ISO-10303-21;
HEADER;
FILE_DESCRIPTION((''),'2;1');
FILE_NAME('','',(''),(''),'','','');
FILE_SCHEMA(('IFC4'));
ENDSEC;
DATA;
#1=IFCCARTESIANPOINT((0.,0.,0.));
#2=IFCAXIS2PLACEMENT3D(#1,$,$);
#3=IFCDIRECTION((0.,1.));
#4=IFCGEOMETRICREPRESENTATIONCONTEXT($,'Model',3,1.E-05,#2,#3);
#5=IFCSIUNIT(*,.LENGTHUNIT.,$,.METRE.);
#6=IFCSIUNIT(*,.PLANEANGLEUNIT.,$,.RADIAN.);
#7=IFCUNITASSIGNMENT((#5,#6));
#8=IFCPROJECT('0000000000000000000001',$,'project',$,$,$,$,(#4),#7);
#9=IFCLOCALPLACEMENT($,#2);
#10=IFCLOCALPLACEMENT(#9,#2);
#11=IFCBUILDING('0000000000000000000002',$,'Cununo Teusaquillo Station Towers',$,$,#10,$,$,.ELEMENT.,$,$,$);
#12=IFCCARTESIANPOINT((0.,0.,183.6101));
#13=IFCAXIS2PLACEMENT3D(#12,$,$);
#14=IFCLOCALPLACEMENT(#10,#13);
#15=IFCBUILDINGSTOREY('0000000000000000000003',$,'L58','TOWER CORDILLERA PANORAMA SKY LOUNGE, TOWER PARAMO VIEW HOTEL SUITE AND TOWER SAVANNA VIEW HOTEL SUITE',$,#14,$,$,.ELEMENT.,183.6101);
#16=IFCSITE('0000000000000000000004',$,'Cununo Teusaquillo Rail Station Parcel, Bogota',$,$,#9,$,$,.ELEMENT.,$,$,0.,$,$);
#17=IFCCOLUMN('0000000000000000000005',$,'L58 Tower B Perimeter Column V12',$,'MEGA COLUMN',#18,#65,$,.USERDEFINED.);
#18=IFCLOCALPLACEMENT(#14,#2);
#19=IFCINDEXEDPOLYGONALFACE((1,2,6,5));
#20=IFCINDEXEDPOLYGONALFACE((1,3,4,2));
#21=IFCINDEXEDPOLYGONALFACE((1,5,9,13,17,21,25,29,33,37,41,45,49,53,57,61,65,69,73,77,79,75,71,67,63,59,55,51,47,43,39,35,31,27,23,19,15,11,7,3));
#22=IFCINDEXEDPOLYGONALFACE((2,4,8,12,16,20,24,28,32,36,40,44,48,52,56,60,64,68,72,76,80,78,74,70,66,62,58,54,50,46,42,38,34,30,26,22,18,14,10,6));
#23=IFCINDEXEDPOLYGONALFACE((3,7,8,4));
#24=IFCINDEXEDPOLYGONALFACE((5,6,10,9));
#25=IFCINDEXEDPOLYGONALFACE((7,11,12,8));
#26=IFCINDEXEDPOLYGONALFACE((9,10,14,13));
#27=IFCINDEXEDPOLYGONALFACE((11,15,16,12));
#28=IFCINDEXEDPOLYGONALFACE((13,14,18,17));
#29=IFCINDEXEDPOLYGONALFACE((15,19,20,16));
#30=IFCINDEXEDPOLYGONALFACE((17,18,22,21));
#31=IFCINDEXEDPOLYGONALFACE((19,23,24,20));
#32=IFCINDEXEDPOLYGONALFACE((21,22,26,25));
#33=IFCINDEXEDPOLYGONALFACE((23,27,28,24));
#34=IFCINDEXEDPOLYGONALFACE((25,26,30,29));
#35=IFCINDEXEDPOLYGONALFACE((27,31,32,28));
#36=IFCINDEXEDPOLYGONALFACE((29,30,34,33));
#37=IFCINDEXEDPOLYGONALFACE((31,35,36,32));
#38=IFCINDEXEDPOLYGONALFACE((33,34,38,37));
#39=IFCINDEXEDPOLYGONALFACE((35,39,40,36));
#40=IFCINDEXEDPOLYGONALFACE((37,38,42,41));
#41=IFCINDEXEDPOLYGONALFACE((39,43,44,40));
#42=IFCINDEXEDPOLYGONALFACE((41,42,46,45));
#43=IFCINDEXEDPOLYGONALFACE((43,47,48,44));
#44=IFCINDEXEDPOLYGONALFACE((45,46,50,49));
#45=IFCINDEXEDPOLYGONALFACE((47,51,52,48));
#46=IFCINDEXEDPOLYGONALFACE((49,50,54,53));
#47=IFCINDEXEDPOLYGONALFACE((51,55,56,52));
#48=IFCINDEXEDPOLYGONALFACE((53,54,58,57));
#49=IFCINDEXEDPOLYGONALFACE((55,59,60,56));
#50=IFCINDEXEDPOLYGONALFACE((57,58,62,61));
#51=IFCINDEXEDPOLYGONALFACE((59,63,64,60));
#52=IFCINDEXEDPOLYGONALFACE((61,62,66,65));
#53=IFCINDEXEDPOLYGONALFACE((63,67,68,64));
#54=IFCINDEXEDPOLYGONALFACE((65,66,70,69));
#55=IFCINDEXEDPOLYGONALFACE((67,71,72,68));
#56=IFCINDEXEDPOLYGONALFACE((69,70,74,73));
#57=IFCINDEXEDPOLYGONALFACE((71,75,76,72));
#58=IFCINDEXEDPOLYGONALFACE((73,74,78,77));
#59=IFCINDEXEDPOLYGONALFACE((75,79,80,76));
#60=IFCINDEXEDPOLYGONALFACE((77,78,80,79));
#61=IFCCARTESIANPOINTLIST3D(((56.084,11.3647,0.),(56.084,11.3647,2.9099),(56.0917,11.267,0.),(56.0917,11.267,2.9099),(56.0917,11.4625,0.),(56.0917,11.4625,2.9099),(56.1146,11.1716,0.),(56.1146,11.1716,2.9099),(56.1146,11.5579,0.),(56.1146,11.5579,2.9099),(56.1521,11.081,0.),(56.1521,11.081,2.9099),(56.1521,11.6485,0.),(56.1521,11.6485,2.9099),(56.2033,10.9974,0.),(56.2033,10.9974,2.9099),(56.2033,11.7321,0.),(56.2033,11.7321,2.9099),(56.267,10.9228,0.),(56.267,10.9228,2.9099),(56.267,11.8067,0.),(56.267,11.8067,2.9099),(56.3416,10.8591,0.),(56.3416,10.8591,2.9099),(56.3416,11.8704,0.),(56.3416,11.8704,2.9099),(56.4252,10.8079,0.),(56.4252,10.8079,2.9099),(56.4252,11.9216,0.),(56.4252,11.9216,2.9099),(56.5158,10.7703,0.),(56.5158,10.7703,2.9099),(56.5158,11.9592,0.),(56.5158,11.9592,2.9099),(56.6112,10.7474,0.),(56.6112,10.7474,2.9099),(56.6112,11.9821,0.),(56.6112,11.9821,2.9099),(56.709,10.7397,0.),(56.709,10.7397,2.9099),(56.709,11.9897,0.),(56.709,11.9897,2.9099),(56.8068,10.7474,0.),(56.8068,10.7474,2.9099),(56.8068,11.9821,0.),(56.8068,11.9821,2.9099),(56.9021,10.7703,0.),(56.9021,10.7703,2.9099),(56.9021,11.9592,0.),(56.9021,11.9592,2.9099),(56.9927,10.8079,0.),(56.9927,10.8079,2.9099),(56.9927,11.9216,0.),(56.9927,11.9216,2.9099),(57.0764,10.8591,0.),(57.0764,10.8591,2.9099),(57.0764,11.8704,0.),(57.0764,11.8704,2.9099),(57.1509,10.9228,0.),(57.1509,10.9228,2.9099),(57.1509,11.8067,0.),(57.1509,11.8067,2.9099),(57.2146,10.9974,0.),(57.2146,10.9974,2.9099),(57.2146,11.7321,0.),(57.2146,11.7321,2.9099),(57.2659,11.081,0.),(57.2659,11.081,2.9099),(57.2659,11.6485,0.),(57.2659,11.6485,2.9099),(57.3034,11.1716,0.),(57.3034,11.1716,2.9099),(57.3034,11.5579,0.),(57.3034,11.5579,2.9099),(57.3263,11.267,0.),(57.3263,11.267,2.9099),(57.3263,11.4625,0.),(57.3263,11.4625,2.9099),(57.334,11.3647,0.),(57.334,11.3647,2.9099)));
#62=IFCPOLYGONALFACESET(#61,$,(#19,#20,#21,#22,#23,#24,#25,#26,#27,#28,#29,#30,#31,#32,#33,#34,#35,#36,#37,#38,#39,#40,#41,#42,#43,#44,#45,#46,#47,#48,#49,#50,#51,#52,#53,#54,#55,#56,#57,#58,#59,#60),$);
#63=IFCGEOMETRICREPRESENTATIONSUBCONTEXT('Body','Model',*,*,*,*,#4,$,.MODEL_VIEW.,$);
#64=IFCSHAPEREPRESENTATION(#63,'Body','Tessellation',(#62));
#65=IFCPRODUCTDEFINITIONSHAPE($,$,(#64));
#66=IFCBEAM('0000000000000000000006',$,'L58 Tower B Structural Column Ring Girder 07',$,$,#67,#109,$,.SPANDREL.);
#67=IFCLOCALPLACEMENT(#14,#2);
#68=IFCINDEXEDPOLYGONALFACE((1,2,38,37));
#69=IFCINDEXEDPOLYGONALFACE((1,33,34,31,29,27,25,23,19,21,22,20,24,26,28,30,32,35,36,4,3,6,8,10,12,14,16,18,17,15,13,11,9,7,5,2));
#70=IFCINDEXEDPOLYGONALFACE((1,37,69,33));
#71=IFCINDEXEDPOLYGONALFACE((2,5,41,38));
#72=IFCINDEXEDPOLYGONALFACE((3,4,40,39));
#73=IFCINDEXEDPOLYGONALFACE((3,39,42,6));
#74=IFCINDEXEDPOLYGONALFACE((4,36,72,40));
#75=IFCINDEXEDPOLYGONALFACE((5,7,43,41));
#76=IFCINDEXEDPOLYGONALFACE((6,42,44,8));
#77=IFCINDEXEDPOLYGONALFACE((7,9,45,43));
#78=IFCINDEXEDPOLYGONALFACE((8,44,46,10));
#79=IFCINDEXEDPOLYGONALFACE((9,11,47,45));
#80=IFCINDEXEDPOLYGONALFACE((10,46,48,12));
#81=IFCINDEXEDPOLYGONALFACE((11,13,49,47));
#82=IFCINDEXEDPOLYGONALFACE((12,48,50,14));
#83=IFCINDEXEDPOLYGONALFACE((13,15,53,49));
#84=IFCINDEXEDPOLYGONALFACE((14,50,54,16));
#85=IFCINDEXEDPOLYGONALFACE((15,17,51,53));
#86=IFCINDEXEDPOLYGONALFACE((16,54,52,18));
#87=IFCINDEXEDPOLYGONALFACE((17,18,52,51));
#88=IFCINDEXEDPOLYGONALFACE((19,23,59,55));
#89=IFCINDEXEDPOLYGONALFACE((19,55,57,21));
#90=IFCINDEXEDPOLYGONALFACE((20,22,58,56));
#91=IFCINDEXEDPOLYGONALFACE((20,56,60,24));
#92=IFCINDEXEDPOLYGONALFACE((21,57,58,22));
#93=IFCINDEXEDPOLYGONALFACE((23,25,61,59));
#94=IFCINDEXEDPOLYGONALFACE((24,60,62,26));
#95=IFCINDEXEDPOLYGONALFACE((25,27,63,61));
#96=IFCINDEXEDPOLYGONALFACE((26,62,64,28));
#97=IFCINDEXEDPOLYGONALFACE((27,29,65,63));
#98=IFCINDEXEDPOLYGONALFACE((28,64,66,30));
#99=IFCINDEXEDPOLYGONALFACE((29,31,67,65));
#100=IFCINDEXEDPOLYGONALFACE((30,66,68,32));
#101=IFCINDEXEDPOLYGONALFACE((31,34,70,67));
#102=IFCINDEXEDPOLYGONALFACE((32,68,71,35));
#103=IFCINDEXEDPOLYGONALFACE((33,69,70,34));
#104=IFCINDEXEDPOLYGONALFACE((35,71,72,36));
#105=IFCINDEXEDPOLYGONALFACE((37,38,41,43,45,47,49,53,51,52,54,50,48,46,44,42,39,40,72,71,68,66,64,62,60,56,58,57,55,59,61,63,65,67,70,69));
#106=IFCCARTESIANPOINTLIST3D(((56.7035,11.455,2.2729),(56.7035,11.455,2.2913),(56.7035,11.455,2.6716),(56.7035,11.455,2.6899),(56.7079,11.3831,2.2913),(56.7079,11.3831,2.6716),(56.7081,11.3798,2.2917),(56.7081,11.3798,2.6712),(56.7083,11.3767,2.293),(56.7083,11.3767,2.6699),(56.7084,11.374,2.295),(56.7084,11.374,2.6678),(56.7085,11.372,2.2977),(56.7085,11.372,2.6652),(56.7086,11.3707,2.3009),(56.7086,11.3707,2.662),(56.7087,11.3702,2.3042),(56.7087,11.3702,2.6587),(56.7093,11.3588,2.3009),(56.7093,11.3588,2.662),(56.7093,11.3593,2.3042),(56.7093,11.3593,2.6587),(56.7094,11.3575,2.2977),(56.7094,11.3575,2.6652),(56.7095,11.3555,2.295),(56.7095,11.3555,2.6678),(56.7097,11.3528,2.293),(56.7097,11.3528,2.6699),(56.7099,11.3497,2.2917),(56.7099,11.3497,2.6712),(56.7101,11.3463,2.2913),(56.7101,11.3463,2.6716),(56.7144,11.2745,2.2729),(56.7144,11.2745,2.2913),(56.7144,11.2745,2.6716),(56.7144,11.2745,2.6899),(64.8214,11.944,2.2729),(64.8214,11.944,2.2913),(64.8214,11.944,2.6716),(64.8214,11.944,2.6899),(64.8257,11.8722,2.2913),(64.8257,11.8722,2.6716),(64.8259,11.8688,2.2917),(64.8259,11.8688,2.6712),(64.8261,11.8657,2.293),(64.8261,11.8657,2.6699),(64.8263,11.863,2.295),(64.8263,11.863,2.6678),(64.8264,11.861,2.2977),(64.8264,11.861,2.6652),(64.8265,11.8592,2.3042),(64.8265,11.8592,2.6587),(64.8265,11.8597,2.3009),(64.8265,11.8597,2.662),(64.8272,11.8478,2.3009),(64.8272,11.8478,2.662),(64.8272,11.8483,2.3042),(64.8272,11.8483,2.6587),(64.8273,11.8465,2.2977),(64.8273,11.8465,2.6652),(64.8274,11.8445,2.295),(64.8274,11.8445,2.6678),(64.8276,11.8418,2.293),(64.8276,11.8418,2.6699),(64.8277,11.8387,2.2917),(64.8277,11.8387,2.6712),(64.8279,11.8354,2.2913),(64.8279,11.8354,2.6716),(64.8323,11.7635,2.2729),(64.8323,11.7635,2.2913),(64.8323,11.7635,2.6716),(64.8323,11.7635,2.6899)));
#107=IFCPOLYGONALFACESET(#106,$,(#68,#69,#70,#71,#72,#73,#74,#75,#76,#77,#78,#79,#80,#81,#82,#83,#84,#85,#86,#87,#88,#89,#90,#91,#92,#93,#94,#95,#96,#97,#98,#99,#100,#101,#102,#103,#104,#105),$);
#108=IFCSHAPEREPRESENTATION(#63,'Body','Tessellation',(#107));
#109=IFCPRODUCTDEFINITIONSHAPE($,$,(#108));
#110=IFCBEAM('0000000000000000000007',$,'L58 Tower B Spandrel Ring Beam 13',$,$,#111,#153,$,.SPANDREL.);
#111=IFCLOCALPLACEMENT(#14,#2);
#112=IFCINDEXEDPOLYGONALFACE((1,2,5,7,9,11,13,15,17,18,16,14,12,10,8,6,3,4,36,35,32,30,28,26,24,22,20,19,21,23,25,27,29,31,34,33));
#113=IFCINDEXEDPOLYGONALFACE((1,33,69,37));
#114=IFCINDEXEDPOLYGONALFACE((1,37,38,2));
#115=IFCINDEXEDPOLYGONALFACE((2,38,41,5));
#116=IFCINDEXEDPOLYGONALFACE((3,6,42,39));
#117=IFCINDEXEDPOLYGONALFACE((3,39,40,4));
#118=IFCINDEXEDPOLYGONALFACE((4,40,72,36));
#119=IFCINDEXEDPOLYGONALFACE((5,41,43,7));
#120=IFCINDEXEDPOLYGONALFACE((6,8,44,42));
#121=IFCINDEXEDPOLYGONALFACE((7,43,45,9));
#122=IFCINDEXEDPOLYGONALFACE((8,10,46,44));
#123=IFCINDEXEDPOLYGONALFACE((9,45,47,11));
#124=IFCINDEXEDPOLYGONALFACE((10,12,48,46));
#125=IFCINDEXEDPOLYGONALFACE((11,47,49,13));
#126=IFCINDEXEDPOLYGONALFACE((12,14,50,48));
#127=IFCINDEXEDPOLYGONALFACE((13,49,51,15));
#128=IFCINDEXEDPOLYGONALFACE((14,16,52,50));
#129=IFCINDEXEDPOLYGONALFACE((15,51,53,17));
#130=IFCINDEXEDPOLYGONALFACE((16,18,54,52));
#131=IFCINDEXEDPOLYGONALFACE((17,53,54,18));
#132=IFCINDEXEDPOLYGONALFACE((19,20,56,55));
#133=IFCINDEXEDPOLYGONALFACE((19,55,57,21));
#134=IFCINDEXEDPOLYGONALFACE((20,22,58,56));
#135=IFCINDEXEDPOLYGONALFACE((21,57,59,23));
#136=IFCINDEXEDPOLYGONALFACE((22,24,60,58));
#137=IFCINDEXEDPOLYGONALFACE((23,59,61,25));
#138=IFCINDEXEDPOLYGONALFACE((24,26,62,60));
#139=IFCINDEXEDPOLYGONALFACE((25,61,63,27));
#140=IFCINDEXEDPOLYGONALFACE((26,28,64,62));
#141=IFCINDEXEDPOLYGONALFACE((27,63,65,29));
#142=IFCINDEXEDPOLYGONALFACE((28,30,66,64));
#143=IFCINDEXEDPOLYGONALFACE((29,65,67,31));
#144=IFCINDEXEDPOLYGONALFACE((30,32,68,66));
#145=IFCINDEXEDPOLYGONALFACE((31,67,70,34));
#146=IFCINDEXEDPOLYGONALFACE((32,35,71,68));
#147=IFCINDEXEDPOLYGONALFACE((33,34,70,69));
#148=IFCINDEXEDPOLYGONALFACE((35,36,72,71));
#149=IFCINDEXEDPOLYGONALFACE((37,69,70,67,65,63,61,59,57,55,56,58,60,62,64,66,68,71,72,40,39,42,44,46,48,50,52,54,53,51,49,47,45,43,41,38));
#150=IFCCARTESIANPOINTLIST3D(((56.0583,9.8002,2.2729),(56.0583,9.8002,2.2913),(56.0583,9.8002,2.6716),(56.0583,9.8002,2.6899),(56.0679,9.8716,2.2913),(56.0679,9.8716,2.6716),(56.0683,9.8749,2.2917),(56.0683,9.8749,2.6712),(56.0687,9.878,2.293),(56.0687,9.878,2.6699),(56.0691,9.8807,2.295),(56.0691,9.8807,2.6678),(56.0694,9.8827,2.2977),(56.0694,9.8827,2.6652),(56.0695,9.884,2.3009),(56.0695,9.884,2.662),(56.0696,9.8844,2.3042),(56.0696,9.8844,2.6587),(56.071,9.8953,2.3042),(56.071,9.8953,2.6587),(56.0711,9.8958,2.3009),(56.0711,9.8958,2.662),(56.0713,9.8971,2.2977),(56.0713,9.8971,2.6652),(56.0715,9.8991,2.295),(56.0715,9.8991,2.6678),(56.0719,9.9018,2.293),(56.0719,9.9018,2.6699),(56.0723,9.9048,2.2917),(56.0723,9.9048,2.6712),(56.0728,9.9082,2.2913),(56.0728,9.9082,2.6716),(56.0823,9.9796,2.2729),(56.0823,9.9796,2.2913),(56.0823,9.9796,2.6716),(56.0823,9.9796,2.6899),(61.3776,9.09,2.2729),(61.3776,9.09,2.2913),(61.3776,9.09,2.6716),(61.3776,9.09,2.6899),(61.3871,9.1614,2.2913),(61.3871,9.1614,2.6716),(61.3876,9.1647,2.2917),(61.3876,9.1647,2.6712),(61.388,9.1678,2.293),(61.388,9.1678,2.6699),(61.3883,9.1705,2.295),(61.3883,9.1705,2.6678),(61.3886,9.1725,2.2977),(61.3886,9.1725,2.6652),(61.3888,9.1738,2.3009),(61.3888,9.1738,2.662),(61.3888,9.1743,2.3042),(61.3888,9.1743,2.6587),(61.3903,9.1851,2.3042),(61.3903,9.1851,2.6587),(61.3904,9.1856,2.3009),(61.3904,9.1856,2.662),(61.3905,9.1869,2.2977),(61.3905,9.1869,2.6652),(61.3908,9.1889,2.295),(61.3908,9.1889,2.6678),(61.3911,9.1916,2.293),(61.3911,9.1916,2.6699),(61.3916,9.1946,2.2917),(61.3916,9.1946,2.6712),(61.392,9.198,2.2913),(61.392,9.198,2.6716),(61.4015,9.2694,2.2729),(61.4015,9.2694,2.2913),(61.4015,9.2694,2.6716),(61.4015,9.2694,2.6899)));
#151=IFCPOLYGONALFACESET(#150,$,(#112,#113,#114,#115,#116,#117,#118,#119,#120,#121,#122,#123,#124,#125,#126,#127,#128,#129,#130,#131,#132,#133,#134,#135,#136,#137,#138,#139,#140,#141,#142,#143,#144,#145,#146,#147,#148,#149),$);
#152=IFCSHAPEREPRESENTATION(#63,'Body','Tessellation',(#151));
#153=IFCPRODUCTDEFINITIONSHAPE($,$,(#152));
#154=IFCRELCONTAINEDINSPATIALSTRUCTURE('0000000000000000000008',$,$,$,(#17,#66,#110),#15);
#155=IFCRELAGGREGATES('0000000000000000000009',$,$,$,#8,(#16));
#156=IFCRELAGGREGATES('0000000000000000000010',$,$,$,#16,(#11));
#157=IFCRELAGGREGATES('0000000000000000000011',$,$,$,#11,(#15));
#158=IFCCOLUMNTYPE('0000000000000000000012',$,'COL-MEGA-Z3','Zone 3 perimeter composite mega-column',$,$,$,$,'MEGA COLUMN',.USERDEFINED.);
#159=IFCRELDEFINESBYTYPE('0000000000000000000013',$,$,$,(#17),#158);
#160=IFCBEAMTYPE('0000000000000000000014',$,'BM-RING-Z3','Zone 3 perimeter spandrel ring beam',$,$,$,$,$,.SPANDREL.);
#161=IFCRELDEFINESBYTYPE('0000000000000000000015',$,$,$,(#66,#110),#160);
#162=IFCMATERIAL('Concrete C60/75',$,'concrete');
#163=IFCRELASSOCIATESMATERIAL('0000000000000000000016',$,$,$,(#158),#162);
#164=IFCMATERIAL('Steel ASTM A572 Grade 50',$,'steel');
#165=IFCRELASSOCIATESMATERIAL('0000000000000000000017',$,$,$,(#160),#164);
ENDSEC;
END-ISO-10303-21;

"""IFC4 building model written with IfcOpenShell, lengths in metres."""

from ifc_helpers import new_model, si_unit, direction, frame, origin, origin_2d, place, context, subcontext, project, spatial, circle, i_section, extrude, material, material_profile, profile_set, type_object, element, save


model = new_model("IFC4")

# Units and contexts
model_context = context("Model", 3, precision=1e-05, world=origin(), true_north=direction((0.0, 1.0)))
body_context = subcontext(model_context, "Body", "Model", "MODEL_VIEW")
ifc_project = project(units=[si_unit("LENGTHUNIT", "METRE"), si_unit("PLANEANGLEUNIT", "RADIAN")], contexts=[model_context])

# Site, building, storey
site_placement = place(None, origin())
site = spatial("IfcSite", under=ifc_project, at=site_placement, Name="Cununo Teusaquillo Rail Station Parcel, Bogota", CompositionType="ELEMENT", RefElevation=0.0)
building_placement = place(site_placement, origin())
building = spatial("IfcBuilding", under=site, at=building_placement, Name="Cununo Teusaquillo Station Towers", CompositionType="ELEMENT")
storey_placement = place(building_placement, frame((0.0, 0.0, 183.6101)))
storey = spatial("IfcBuildingStorey", under=building, at=storey_placement, Name="L58", Description="TOWER CORDILLERA PANORAMA SKY LOUNGE, TOWER PARAMO VIEW HOTEL SUITE AND TOWER SAVANNA VIEW HOTEL SUITE", CompositionType="ELEMENT", Elevation=183.6101)

# Column
ifc_material_1 = material(Name="Concrete C60/75", Category="concrete")
ifc_material_profile_1 = material_profile(ifc_material_1, circle(Radius=0.625, at=origin_2d()), Name="RC-CIRC-1250")
ifc_profile_set_1 = profile_set([ifc_material_profile_1], Name="Concrete C60/75")
column_type = type_object("IfcColumnType", Name="COL-MEGA-Z3", Description="Zone 3 perimeter composite mega-column", ElementType="MEGA COLUMN", PredefinedType="USERDEFINED", material=ifc_profile_set_1)
column_placement = place(storey_placement, frame((56.709, 11.3647, 0.0), z_axis=(0.0, 0.0, 1.0), x_axis=(1.0, 0.0, 0.0)))
element("IfcColumn", 1, at=column_placement, inside=storey, type_object=column_type, Name="L58 Tower B Perimeter Column V12", ObjectType="MEGA COLUMN", PredefinedType="USERDEFINED", context=body_context, shape_type="SweptSolid", body=[
    extrude(circle(Radius=0.625, at=origin_2d()), origin(), (0.0, 0.0, 1.0), 2.9099),
])

# Beams
ifc_material_2 = material(Name="Steel ASTM A572 Grade 50", Category="steel")
ifc_material_profile_2 = material_profile(ifc_material_2, i_section(OverallWidth=0.1809, OverallDepth=0.417, WebThickness=0.011, FlangeThickness=0.0183, FilletRadius=0.0129, at=origin_2d()), Name="W16X57")
ifc_profile_set_2 = profile_set([ifc_material_profile_2], Name="Steel ASTM A572 Grade 50")
beam_type = type_object("IfcBeamType", Name="BM-RING-Z3", Description="Zone 3 perimeter spandrel ring beam", PredefinedType="SPANDREL", material=ifc_profile_set_2)
beam_1_placement = place(storey_placement, frame((56.709, 11.3647, 2.4814), z_axis=(0.998191, 0.06013, 0.0), x_axis=(-0.06013, 0.998191, 0.0)))
element("IfcBeam", 2, at=beam_1_placement, inside=storey, type_object=beam_type, Name="L58 Tower B Structural Column Ring Girder 07", PredefinedType="SPANDREL", context=body_context, shape_type="SweptSolid", body=[
    extrude(i_section(OverallWidth=0.1809, OverallDepth=0.417, WebThickness=0.011, FlangeThickness=0.0183, FilletRadius=0.0129, at=origin_2d()), origin(), (0.0, 0.0, 1.0), 8.1326),
])
beam_2_placement = place(storey_placement, frame((56.0703, 9.8899, 2.4814), z_axis=(0.991204, -0.13234, 0.0), x_axis=(0.13234, 0.991204, 0.0)))
element("IfcBeam", 3, at=beam_2_placement, inside=storey, type_object=beam_type, Name="L58 Tower B Spandrel Ring Beam 13", PredefinedType="SPANDREL", context=body_context, shape_type="SweptSolid", body=[
    extrude(i_section(OverallWidth=0.1809, OverallDepth=0.417, WebThickness=0.011, FlangeThickness=0.0183, FilletRadius=0.0129, at=origin_2d()), origin(), (0.0, 0.0, 1.0), 5.3665),
])

save(model, "model.ifc")
